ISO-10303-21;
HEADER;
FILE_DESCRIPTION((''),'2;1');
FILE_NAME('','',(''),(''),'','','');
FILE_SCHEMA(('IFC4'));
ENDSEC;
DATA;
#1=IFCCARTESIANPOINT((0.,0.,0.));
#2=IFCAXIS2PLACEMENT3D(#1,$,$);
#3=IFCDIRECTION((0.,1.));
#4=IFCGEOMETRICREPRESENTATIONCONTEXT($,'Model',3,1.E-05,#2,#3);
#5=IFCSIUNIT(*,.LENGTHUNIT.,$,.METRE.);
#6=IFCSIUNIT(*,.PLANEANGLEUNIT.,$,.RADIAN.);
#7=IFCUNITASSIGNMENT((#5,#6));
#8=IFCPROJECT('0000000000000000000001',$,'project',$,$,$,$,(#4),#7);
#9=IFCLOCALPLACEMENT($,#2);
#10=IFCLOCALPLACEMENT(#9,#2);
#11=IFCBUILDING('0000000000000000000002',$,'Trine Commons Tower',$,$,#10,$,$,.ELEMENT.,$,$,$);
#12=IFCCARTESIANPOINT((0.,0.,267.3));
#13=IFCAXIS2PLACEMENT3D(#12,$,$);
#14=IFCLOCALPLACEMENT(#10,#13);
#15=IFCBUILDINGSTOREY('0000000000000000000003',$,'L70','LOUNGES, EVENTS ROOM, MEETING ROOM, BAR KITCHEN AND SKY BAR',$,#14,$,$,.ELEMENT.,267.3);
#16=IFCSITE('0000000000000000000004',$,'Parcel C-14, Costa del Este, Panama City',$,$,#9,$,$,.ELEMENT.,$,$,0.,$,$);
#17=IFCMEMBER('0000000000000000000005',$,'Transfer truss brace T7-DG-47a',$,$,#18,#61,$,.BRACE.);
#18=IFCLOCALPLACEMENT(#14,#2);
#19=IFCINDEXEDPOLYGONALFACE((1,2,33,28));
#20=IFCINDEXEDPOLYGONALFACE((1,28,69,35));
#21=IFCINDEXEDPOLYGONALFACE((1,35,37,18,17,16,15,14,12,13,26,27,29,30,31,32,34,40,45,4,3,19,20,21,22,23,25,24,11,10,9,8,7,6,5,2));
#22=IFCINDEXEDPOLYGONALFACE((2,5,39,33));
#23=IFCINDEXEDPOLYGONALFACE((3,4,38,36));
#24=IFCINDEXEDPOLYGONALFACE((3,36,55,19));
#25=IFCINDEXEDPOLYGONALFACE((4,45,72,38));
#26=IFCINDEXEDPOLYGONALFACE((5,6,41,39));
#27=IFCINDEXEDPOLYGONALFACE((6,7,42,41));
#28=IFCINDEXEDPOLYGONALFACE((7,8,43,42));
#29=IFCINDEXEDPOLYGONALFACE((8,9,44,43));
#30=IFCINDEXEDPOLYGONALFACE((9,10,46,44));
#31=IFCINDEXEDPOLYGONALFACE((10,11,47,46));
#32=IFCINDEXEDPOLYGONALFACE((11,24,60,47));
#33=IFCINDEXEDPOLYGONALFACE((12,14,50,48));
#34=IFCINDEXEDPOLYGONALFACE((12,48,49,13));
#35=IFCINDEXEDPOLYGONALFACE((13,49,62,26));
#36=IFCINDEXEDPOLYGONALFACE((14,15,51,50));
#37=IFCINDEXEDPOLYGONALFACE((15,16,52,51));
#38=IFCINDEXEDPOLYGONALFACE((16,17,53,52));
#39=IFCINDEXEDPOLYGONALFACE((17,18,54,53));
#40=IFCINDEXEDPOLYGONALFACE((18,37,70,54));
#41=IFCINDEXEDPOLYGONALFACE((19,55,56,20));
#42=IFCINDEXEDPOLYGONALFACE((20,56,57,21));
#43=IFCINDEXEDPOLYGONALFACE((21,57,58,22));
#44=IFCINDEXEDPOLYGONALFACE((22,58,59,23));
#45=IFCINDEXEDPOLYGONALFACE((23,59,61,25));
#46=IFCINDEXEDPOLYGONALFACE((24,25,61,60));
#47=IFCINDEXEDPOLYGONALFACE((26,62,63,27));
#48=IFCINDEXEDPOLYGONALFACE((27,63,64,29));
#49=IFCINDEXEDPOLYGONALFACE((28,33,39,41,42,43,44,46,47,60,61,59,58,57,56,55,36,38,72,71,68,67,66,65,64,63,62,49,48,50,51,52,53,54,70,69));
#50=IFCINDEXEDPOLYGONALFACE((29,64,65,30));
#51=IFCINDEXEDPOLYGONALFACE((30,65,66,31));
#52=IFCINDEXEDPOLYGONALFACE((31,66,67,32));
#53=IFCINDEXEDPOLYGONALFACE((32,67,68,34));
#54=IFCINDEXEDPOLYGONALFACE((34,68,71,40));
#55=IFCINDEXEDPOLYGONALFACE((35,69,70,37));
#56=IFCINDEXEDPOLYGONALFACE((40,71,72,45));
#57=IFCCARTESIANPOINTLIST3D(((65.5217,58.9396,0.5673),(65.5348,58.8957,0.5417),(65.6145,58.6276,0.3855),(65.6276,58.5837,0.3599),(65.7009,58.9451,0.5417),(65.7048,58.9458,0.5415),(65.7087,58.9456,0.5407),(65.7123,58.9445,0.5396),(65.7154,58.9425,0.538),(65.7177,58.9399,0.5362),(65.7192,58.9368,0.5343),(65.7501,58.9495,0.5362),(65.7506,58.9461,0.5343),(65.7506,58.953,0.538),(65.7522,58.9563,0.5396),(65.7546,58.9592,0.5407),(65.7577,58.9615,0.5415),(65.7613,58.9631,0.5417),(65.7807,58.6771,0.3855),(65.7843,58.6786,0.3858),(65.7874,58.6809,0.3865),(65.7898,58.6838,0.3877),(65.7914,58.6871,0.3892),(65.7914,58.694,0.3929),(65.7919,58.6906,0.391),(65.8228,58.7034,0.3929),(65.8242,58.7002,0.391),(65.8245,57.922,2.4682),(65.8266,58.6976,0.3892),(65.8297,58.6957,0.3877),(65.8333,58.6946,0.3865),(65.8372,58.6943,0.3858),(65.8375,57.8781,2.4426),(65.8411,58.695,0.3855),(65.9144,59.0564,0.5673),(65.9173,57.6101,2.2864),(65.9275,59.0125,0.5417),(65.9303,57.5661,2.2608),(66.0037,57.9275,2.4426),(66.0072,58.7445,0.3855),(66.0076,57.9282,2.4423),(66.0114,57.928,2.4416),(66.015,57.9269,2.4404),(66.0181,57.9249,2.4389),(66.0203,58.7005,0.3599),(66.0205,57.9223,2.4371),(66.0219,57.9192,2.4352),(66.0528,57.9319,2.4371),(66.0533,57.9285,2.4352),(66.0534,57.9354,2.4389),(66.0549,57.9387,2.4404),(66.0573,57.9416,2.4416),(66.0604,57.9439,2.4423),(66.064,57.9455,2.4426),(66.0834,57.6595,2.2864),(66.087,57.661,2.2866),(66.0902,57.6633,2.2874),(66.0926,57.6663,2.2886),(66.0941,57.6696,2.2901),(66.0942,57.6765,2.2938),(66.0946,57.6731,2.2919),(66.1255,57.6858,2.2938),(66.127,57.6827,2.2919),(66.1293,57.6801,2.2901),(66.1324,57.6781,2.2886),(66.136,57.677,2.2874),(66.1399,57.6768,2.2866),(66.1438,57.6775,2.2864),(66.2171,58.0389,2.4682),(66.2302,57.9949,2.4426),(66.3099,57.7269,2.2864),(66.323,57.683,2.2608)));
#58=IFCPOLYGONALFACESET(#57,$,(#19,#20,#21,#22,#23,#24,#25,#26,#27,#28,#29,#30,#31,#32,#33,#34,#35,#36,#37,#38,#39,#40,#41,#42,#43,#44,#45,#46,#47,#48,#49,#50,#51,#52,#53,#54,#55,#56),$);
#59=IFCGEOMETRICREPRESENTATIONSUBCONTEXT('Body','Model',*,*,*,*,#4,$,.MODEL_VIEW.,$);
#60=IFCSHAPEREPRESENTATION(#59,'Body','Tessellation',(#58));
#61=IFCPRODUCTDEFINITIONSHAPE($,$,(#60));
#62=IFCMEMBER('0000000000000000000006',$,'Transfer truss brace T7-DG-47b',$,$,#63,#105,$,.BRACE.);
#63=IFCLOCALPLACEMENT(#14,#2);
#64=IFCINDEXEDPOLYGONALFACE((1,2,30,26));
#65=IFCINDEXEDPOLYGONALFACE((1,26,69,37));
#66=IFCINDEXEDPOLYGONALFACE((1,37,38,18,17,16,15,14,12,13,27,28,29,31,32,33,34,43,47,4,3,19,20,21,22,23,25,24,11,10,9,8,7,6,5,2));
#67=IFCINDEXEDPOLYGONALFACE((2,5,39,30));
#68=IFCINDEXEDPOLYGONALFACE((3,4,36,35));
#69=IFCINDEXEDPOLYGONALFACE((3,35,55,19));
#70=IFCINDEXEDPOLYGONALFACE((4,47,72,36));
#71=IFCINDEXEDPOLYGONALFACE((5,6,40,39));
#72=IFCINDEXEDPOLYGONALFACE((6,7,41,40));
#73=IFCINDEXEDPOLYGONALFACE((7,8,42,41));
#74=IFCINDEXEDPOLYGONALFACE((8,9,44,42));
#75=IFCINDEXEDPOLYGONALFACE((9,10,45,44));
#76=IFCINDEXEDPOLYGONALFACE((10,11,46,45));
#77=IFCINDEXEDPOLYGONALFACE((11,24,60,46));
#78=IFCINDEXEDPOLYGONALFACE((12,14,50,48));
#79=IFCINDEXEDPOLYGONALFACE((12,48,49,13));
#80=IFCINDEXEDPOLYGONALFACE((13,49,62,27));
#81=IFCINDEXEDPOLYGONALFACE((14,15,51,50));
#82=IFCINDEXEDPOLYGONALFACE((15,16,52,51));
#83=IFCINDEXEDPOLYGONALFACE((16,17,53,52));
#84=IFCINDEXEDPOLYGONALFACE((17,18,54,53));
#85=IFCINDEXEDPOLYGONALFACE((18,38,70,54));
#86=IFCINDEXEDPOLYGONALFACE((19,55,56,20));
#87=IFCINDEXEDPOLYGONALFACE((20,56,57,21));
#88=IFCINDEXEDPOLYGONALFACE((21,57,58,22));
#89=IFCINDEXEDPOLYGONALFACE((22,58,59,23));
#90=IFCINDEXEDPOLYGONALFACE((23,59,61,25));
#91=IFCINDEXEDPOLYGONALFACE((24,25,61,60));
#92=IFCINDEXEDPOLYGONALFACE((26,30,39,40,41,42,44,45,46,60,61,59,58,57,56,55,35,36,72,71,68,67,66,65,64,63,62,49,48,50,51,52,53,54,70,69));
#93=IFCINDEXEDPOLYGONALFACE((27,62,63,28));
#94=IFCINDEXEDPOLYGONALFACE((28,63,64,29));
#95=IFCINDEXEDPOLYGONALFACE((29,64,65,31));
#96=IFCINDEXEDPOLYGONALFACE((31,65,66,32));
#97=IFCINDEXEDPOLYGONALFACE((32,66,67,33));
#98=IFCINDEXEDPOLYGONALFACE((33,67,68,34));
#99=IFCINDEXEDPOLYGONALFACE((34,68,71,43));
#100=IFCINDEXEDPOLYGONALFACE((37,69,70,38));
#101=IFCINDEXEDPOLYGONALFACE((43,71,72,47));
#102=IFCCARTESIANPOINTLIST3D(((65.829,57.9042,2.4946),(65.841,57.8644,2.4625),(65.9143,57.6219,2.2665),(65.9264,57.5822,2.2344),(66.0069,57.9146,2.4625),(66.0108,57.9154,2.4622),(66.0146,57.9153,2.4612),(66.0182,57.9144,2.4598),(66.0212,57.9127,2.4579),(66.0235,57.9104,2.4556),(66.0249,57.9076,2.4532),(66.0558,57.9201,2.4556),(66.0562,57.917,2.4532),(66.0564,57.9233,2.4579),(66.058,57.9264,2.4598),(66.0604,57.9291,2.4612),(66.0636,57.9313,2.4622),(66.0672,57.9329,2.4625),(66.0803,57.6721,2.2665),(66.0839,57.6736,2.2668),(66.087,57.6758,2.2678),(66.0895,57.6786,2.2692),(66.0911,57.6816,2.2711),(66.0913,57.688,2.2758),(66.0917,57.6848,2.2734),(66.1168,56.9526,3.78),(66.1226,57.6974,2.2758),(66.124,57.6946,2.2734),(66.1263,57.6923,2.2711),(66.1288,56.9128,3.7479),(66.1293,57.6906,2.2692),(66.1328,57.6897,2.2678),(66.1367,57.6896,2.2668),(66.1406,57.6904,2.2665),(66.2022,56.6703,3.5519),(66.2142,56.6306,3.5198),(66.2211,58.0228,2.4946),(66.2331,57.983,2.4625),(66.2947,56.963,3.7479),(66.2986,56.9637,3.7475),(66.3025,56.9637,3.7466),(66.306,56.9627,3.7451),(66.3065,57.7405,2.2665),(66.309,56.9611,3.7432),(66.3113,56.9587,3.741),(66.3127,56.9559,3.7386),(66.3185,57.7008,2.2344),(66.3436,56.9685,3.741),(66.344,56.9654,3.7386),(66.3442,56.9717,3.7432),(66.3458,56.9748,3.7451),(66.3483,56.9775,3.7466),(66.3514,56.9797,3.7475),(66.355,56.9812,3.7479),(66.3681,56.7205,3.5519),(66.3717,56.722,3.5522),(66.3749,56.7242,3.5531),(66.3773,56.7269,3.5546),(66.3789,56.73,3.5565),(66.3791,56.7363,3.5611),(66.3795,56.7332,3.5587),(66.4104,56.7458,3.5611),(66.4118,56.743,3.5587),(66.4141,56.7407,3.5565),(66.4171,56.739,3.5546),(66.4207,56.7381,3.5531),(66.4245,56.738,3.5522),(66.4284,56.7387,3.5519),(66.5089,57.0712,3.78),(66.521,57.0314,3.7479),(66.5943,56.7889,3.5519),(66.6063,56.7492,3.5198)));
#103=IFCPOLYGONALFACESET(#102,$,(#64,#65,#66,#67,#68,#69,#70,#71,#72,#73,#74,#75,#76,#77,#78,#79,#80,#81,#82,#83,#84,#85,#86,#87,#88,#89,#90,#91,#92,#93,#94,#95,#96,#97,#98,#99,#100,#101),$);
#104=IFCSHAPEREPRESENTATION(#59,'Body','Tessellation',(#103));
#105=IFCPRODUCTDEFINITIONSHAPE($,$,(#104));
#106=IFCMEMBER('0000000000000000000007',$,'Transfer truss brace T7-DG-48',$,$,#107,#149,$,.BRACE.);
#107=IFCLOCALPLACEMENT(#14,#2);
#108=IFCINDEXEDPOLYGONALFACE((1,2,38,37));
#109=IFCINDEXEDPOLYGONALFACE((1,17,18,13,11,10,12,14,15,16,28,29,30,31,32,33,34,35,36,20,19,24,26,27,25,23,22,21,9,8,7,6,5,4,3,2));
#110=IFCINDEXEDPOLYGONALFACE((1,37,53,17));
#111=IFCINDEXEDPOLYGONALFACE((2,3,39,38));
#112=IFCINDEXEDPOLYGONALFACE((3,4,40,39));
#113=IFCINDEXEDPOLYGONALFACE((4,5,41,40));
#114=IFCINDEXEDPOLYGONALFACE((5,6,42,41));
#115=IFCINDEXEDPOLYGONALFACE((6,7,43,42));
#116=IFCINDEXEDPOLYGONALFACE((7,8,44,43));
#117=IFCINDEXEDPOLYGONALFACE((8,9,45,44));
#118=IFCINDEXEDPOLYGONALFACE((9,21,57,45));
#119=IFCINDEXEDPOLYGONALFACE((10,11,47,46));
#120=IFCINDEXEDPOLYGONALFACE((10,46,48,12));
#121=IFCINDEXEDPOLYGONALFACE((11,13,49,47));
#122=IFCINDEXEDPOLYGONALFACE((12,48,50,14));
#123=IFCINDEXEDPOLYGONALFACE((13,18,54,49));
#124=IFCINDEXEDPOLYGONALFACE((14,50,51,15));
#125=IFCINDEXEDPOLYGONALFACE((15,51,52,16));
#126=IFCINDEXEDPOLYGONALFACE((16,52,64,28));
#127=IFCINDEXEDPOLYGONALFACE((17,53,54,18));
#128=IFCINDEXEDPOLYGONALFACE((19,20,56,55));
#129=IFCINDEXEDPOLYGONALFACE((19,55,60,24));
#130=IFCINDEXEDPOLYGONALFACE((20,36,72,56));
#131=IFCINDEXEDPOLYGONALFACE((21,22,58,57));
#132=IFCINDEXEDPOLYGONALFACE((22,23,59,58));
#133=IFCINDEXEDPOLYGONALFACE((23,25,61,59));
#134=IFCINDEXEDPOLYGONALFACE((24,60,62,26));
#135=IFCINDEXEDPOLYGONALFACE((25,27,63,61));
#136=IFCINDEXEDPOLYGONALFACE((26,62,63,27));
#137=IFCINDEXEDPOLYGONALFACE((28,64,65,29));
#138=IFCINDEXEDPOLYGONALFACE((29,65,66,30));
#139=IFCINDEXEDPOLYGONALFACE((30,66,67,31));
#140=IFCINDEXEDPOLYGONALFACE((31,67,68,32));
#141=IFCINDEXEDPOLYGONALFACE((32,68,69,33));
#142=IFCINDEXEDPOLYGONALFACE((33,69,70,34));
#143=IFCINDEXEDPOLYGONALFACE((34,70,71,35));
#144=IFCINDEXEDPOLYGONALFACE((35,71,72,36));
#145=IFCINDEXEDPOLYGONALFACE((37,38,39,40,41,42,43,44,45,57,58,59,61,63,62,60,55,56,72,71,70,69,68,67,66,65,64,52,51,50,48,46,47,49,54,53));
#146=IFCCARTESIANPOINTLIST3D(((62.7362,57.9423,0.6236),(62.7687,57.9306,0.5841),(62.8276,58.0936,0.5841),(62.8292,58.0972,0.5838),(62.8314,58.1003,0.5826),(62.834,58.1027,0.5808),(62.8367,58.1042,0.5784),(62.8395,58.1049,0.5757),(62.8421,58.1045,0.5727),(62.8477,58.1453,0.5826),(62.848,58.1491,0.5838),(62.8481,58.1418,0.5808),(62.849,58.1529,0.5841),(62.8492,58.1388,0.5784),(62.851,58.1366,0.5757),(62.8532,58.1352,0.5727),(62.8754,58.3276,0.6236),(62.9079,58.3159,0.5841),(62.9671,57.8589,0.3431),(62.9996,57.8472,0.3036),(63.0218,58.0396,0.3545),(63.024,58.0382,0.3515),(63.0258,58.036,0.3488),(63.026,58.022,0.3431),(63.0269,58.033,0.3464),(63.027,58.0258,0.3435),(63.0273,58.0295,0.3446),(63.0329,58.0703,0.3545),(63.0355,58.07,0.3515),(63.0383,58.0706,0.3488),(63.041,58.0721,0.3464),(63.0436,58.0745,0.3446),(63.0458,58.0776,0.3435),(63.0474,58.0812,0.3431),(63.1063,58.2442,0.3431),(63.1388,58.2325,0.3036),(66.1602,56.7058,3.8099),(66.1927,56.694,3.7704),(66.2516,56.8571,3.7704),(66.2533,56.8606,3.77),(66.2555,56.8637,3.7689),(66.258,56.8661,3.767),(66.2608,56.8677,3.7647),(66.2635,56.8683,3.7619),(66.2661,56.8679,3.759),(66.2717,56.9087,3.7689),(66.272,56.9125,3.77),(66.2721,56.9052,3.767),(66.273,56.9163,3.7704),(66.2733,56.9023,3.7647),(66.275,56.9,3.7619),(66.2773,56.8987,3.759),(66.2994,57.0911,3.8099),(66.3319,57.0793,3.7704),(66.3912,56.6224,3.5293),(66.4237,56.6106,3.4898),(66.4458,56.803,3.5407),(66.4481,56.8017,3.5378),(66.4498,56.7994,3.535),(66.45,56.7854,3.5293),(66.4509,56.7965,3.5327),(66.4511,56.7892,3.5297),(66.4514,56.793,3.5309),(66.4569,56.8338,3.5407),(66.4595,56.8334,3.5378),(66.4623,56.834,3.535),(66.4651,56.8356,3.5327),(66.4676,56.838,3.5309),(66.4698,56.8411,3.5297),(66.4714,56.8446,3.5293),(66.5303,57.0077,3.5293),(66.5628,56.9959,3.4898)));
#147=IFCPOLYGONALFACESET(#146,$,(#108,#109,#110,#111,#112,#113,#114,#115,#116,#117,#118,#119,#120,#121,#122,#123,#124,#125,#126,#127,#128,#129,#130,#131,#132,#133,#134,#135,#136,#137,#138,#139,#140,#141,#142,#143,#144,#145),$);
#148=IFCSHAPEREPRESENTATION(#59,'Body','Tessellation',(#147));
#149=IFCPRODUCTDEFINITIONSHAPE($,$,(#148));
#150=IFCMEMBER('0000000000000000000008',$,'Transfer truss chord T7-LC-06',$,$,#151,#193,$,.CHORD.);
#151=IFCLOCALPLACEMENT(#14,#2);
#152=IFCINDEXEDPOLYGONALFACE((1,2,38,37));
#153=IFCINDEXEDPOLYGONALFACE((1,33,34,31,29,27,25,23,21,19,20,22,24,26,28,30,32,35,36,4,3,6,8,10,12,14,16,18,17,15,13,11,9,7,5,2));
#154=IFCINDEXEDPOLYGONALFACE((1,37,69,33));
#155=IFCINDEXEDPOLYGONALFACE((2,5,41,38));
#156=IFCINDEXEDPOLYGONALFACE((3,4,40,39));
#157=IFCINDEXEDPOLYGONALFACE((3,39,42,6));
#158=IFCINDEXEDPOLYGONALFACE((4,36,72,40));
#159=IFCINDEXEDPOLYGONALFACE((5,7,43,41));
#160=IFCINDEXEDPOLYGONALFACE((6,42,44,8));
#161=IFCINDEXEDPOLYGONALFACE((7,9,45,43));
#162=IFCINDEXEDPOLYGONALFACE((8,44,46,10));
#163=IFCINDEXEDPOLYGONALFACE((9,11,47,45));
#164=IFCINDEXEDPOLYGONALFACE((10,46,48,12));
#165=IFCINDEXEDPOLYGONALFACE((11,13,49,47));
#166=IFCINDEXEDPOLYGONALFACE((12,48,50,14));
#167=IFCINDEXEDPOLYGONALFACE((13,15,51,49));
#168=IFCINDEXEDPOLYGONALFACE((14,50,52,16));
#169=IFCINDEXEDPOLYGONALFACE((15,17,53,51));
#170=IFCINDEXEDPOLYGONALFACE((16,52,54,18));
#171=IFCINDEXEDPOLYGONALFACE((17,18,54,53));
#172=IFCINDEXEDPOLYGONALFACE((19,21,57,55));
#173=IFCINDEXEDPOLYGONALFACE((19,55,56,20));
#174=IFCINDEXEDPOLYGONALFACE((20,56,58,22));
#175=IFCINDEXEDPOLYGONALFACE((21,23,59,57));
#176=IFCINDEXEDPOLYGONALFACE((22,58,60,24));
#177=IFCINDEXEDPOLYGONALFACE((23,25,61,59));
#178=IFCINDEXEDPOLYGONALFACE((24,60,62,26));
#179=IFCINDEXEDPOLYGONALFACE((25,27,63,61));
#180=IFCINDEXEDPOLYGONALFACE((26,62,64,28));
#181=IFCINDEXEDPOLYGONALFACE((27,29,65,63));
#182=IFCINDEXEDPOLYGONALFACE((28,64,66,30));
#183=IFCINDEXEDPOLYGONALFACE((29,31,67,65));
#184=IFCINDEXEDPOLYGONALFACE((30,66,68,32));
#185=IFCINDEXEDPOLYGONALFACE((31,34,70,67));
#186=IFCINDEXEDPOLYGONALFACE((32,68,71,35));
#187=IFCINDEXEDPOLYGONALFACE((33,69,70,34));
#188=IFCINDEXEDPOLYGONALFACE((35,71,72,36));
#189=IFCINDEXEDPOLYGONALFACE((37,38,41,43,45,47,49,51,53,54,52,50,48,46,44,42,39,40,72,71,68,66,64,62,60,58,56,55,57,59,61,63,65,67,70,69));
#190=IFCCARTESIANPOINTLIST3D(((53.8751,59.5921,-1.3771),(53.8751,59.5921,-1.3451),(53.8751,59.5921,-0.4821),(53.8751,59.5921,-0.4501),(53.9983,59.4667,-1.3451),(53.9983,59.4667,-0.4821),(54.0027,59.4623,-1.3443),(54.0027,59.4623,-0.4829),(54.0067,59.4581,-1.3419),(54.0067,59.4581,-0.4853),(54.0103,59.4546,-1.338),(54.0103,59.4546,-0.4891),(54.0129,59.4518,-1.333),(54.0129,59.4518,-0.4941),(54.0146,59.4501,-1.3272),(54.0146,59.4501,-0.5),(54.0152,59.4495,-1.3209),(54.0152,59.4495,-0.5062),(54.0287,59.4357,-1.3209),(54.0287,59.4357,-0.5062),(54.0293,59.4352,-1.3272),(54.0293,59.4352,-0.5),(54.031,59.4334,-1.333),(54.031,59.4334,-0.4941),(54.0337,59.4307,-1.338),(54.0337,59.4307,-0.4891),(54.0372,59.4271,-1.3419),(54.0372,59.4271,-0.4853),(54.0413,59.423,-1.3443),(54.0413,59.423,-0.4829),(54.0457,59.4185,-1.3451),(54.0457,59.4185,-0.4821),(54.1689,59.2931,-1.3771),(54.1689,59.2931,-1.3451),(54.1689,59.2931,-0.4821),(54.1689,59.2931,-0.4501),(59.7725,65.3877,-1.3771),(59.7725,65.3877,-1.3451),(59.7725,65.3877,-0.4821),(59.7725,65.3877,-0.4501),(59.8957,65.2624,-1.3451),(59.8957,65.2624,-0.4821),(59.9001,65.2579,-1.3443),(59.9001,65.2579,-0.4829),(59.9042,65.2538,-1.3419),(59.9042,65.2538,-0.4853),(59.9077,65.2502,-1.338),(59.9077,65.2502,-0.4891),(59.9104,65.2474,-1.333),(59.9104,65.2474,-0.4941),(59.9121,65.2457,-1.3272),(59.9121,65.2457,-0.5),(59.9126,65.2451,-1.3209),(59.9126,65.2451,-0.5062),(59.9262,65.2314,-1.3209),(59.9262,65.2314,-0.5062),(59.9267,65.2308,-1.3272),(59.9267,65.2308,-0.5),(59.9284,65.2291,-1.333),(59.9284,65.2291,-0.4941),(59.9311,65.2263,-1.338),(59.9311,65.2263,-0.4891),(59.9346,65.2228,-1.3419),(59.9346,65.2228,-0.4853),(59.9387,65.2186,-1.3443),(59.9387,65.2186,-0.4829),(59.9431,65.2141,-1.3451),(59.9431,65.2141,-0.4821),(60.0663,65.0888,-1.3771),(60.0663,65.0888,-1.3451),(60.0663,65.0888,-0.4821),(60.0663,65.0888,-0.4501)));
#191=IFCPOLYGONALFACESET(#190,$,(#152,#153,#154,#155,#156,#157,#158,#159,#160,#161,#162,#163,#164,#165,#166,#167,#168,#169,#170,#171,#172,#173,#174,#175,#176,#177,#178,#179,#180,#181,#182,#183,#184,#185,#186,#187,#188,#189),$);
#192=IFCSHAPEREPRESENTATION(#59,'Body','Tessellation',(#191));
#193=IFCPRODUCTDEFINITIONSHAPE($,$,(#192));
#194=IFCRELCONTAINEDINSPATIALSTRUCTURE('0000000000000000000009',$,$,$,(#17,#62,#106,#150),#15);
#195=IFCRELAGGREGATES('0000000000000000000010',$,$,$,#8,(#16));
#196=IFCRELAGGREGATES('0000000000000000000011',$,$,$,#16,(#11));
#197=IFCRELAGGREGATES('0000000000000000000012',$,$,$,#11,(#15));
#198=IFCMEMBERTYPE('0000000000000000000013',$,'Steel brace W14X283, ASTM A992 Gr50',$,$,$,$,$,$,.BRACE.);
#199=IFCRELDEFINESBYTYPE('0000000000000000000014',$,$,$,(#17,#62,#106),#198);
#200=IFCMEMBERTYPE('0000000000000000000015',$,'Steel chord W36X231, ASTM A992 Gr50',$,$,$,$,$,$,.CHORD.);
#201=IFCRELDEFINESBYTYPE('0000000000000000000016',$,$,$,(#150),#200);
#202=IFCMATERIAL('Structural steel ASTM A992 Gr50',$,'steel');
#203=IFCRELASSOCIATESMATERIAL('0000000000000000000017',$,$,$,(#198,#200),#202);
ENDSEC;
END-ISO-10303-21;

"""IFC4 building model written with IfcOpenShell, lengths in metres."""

from ifc_helpers import new_model, si_unit, direction, frame, origin, origin_2d, place, context, subcontext, project, spatial, i_section, extrude, material, material_profile, profile_set, type_object, element, save


model = new_model("IFC4")

# Units and contexts
model_context = context("Model", 3, precision=1e-05, world=origin(), true_north=direction((0.0, 1.0)))
body_context = subcontext(model_context, "Body", "Model", "MODEL_VIEW")
ifc_project = project(units=[si_unit("LENGTHUNIT", "METRE"), si_unit("PLANEANGLEUNIT", "RADIAN")], contexts=[model_context])

# Site, building, storey
site_placement = place(None, origin())
site = spatial("IfcSite", under=ifc_project, at=site_placement, Name="Parcel C-14, Costa del Este, Panama City", CompositionType="ELEMENT", RefElevation=0.0)
building_placement = place(site_placement, origin())
building = spatial("IfcBuilding", under=site, at=building_placement, Name="Trine Commons Tower", CompositionType="ELEMENT")
storey_placement = place(building_placement, frame((0.0, 0.0, 267.3)))
storey = spatial("IfcBuildingStorey", under=building, at=storey_placement, Name="L70", Description="LOUNGES, EVENTS ROOM, MEETING ROOM, BAR KITCHEN AND SKY BAR", CompositionType="ELEMENT", Elevation=267.3)

# Members
ifc_material_1 = material(Name="Structural steel ASTM A992 Gr50", Category="steel")
ifc_material_profile_1 = material_profile(ifc_material_1, i_section(OverallWidth=0.4097, OverallDepth=0.4253, WebThickness=0.0327, FlangeThickness=0.0525, FilletRadius=0.0151, at=origin_2d()), Name="W14X283")
ifc_profile_set_1 = profile_set([ifc_material_profile_1], Name="Structural steel ASTM A992 Gr50")
member_type_1 = type_object("IfcMemberType", Name="Steel brace W14X283, ASTM A992 Gr50", PredefinedType="BRACE", material=ifc_profile_set_1)
member_1_placement = place(storey_placement, frame((65.771, 58.8201, 0.4636), z_axis=(0.139044, -0.467367, 0.873061), x_axis=(0.958482, 0.285153, 0.0)))
element("IfcMember", 1, at=member_1_placement, inside=storey, type_object=member_type_1, Name="Transfer truss brace T7-DG-47a", PredefinedType="BRACE", context=body_context, shape_type="SweptSolid", body=[
    extrude(i_section(OverallWidth=0.4097, OverallDepth=0.4253, WebThickness=0.0327, FlangeThickness=0.0525, FilletRadius=0.0151, at=origin_2d()), origin(), (0.0, 0.0, 1.0), 2.1772),
])
member_2_placement = place(storey_placement, frame((66.0737, 57.8025, 2.3645), z_axis=(0.177129, -0.585622, 0.790995), x_axis=(0.957175, 0.28951, 0.0)))
element("IfcMember", 2, at=member_2_placement, inside=storey, type_object=member_type_1, Name="Transfer truss brace T7-DG-47b", PredefinedType="BRACE", context=body_context, shape_type="SweptSolid", body=[
    extrude(i_section(OverallWidth=0.4097, OverallDepth=0.4253, WebThickness=0.0327, FlangeThickness=0.0525, FilletRadius=0.0151, at=origin_2d()), origin(), (0.0, 0.0, 1.0), 1.625),
])
member_3_placement = place(storey_placement, frame((62.9375, 58.0874, 0.4636), z_axis=(0.707753, -0.255598, 0.658601), x_axis=(0.339669, 0.940545, 0.0)))
element("IfcMember", 3, at=member_3_placement, inside=storey, type_object=member_type_1, Name="Transfer truss brace T7-DG-48", PredefinedType="BRACE", context=body_context, shape_type="SweptSolid", body=[
    extrude(i_section(OverallWidth=0.4097, OverallDepth=0.4253, WebThickness=0.0327, FlangeThickness=0.0525, FilletRadius=0.0151, at=origin_2d()), origin(), (0.0, 0.0, 1.0), 4.8379),
])
ifc_material_profile_2 = material_profile(ifc_material_1, i_section(OverallWidth=0.4192, OverallDepth=0.927, WebThickness=0.0193, FlangeThickness=0.032, FilletRadius=0.0242, at=origin_2d()), Name="W36X231")
ifc_profile_set_2 = profile_set([ifc_material_profile_2], Name="Structural steel ASTM A992 Gr50")
member_type_2 = type_object("IfcMemberType", Name="Steel chord W36X231, ASTM A992 Gr50", PredefinedType="CHORD", material=ifc_profile_set_2)
member_4_placement = place(storey_placement, frame((54.022, 59.4426, -0.9136), z_axis=(0.713236, 0.700924, 0.0), x_axis=(-0.700924, 0.713236, 0.0)))
element("IfcMember", 4, at=member_4_placement, inside=storey, type_object=member_type_2, Name="Transfer truss chord T7-LC-06", PredefinedType="CHORD", context=body_context, shape_type="SweptSolid", body=[
    extrude(i_section(OverallWidth=0.4192, OverallDepth=0.927, WebThickness=0.0193, FlangeThickness=0.032, FilletRadius=0.0242, at=origin_2d()), origin(), (0.0, 0.0, 1.0), 8.2686),
])

save(model, "model.ifc")
